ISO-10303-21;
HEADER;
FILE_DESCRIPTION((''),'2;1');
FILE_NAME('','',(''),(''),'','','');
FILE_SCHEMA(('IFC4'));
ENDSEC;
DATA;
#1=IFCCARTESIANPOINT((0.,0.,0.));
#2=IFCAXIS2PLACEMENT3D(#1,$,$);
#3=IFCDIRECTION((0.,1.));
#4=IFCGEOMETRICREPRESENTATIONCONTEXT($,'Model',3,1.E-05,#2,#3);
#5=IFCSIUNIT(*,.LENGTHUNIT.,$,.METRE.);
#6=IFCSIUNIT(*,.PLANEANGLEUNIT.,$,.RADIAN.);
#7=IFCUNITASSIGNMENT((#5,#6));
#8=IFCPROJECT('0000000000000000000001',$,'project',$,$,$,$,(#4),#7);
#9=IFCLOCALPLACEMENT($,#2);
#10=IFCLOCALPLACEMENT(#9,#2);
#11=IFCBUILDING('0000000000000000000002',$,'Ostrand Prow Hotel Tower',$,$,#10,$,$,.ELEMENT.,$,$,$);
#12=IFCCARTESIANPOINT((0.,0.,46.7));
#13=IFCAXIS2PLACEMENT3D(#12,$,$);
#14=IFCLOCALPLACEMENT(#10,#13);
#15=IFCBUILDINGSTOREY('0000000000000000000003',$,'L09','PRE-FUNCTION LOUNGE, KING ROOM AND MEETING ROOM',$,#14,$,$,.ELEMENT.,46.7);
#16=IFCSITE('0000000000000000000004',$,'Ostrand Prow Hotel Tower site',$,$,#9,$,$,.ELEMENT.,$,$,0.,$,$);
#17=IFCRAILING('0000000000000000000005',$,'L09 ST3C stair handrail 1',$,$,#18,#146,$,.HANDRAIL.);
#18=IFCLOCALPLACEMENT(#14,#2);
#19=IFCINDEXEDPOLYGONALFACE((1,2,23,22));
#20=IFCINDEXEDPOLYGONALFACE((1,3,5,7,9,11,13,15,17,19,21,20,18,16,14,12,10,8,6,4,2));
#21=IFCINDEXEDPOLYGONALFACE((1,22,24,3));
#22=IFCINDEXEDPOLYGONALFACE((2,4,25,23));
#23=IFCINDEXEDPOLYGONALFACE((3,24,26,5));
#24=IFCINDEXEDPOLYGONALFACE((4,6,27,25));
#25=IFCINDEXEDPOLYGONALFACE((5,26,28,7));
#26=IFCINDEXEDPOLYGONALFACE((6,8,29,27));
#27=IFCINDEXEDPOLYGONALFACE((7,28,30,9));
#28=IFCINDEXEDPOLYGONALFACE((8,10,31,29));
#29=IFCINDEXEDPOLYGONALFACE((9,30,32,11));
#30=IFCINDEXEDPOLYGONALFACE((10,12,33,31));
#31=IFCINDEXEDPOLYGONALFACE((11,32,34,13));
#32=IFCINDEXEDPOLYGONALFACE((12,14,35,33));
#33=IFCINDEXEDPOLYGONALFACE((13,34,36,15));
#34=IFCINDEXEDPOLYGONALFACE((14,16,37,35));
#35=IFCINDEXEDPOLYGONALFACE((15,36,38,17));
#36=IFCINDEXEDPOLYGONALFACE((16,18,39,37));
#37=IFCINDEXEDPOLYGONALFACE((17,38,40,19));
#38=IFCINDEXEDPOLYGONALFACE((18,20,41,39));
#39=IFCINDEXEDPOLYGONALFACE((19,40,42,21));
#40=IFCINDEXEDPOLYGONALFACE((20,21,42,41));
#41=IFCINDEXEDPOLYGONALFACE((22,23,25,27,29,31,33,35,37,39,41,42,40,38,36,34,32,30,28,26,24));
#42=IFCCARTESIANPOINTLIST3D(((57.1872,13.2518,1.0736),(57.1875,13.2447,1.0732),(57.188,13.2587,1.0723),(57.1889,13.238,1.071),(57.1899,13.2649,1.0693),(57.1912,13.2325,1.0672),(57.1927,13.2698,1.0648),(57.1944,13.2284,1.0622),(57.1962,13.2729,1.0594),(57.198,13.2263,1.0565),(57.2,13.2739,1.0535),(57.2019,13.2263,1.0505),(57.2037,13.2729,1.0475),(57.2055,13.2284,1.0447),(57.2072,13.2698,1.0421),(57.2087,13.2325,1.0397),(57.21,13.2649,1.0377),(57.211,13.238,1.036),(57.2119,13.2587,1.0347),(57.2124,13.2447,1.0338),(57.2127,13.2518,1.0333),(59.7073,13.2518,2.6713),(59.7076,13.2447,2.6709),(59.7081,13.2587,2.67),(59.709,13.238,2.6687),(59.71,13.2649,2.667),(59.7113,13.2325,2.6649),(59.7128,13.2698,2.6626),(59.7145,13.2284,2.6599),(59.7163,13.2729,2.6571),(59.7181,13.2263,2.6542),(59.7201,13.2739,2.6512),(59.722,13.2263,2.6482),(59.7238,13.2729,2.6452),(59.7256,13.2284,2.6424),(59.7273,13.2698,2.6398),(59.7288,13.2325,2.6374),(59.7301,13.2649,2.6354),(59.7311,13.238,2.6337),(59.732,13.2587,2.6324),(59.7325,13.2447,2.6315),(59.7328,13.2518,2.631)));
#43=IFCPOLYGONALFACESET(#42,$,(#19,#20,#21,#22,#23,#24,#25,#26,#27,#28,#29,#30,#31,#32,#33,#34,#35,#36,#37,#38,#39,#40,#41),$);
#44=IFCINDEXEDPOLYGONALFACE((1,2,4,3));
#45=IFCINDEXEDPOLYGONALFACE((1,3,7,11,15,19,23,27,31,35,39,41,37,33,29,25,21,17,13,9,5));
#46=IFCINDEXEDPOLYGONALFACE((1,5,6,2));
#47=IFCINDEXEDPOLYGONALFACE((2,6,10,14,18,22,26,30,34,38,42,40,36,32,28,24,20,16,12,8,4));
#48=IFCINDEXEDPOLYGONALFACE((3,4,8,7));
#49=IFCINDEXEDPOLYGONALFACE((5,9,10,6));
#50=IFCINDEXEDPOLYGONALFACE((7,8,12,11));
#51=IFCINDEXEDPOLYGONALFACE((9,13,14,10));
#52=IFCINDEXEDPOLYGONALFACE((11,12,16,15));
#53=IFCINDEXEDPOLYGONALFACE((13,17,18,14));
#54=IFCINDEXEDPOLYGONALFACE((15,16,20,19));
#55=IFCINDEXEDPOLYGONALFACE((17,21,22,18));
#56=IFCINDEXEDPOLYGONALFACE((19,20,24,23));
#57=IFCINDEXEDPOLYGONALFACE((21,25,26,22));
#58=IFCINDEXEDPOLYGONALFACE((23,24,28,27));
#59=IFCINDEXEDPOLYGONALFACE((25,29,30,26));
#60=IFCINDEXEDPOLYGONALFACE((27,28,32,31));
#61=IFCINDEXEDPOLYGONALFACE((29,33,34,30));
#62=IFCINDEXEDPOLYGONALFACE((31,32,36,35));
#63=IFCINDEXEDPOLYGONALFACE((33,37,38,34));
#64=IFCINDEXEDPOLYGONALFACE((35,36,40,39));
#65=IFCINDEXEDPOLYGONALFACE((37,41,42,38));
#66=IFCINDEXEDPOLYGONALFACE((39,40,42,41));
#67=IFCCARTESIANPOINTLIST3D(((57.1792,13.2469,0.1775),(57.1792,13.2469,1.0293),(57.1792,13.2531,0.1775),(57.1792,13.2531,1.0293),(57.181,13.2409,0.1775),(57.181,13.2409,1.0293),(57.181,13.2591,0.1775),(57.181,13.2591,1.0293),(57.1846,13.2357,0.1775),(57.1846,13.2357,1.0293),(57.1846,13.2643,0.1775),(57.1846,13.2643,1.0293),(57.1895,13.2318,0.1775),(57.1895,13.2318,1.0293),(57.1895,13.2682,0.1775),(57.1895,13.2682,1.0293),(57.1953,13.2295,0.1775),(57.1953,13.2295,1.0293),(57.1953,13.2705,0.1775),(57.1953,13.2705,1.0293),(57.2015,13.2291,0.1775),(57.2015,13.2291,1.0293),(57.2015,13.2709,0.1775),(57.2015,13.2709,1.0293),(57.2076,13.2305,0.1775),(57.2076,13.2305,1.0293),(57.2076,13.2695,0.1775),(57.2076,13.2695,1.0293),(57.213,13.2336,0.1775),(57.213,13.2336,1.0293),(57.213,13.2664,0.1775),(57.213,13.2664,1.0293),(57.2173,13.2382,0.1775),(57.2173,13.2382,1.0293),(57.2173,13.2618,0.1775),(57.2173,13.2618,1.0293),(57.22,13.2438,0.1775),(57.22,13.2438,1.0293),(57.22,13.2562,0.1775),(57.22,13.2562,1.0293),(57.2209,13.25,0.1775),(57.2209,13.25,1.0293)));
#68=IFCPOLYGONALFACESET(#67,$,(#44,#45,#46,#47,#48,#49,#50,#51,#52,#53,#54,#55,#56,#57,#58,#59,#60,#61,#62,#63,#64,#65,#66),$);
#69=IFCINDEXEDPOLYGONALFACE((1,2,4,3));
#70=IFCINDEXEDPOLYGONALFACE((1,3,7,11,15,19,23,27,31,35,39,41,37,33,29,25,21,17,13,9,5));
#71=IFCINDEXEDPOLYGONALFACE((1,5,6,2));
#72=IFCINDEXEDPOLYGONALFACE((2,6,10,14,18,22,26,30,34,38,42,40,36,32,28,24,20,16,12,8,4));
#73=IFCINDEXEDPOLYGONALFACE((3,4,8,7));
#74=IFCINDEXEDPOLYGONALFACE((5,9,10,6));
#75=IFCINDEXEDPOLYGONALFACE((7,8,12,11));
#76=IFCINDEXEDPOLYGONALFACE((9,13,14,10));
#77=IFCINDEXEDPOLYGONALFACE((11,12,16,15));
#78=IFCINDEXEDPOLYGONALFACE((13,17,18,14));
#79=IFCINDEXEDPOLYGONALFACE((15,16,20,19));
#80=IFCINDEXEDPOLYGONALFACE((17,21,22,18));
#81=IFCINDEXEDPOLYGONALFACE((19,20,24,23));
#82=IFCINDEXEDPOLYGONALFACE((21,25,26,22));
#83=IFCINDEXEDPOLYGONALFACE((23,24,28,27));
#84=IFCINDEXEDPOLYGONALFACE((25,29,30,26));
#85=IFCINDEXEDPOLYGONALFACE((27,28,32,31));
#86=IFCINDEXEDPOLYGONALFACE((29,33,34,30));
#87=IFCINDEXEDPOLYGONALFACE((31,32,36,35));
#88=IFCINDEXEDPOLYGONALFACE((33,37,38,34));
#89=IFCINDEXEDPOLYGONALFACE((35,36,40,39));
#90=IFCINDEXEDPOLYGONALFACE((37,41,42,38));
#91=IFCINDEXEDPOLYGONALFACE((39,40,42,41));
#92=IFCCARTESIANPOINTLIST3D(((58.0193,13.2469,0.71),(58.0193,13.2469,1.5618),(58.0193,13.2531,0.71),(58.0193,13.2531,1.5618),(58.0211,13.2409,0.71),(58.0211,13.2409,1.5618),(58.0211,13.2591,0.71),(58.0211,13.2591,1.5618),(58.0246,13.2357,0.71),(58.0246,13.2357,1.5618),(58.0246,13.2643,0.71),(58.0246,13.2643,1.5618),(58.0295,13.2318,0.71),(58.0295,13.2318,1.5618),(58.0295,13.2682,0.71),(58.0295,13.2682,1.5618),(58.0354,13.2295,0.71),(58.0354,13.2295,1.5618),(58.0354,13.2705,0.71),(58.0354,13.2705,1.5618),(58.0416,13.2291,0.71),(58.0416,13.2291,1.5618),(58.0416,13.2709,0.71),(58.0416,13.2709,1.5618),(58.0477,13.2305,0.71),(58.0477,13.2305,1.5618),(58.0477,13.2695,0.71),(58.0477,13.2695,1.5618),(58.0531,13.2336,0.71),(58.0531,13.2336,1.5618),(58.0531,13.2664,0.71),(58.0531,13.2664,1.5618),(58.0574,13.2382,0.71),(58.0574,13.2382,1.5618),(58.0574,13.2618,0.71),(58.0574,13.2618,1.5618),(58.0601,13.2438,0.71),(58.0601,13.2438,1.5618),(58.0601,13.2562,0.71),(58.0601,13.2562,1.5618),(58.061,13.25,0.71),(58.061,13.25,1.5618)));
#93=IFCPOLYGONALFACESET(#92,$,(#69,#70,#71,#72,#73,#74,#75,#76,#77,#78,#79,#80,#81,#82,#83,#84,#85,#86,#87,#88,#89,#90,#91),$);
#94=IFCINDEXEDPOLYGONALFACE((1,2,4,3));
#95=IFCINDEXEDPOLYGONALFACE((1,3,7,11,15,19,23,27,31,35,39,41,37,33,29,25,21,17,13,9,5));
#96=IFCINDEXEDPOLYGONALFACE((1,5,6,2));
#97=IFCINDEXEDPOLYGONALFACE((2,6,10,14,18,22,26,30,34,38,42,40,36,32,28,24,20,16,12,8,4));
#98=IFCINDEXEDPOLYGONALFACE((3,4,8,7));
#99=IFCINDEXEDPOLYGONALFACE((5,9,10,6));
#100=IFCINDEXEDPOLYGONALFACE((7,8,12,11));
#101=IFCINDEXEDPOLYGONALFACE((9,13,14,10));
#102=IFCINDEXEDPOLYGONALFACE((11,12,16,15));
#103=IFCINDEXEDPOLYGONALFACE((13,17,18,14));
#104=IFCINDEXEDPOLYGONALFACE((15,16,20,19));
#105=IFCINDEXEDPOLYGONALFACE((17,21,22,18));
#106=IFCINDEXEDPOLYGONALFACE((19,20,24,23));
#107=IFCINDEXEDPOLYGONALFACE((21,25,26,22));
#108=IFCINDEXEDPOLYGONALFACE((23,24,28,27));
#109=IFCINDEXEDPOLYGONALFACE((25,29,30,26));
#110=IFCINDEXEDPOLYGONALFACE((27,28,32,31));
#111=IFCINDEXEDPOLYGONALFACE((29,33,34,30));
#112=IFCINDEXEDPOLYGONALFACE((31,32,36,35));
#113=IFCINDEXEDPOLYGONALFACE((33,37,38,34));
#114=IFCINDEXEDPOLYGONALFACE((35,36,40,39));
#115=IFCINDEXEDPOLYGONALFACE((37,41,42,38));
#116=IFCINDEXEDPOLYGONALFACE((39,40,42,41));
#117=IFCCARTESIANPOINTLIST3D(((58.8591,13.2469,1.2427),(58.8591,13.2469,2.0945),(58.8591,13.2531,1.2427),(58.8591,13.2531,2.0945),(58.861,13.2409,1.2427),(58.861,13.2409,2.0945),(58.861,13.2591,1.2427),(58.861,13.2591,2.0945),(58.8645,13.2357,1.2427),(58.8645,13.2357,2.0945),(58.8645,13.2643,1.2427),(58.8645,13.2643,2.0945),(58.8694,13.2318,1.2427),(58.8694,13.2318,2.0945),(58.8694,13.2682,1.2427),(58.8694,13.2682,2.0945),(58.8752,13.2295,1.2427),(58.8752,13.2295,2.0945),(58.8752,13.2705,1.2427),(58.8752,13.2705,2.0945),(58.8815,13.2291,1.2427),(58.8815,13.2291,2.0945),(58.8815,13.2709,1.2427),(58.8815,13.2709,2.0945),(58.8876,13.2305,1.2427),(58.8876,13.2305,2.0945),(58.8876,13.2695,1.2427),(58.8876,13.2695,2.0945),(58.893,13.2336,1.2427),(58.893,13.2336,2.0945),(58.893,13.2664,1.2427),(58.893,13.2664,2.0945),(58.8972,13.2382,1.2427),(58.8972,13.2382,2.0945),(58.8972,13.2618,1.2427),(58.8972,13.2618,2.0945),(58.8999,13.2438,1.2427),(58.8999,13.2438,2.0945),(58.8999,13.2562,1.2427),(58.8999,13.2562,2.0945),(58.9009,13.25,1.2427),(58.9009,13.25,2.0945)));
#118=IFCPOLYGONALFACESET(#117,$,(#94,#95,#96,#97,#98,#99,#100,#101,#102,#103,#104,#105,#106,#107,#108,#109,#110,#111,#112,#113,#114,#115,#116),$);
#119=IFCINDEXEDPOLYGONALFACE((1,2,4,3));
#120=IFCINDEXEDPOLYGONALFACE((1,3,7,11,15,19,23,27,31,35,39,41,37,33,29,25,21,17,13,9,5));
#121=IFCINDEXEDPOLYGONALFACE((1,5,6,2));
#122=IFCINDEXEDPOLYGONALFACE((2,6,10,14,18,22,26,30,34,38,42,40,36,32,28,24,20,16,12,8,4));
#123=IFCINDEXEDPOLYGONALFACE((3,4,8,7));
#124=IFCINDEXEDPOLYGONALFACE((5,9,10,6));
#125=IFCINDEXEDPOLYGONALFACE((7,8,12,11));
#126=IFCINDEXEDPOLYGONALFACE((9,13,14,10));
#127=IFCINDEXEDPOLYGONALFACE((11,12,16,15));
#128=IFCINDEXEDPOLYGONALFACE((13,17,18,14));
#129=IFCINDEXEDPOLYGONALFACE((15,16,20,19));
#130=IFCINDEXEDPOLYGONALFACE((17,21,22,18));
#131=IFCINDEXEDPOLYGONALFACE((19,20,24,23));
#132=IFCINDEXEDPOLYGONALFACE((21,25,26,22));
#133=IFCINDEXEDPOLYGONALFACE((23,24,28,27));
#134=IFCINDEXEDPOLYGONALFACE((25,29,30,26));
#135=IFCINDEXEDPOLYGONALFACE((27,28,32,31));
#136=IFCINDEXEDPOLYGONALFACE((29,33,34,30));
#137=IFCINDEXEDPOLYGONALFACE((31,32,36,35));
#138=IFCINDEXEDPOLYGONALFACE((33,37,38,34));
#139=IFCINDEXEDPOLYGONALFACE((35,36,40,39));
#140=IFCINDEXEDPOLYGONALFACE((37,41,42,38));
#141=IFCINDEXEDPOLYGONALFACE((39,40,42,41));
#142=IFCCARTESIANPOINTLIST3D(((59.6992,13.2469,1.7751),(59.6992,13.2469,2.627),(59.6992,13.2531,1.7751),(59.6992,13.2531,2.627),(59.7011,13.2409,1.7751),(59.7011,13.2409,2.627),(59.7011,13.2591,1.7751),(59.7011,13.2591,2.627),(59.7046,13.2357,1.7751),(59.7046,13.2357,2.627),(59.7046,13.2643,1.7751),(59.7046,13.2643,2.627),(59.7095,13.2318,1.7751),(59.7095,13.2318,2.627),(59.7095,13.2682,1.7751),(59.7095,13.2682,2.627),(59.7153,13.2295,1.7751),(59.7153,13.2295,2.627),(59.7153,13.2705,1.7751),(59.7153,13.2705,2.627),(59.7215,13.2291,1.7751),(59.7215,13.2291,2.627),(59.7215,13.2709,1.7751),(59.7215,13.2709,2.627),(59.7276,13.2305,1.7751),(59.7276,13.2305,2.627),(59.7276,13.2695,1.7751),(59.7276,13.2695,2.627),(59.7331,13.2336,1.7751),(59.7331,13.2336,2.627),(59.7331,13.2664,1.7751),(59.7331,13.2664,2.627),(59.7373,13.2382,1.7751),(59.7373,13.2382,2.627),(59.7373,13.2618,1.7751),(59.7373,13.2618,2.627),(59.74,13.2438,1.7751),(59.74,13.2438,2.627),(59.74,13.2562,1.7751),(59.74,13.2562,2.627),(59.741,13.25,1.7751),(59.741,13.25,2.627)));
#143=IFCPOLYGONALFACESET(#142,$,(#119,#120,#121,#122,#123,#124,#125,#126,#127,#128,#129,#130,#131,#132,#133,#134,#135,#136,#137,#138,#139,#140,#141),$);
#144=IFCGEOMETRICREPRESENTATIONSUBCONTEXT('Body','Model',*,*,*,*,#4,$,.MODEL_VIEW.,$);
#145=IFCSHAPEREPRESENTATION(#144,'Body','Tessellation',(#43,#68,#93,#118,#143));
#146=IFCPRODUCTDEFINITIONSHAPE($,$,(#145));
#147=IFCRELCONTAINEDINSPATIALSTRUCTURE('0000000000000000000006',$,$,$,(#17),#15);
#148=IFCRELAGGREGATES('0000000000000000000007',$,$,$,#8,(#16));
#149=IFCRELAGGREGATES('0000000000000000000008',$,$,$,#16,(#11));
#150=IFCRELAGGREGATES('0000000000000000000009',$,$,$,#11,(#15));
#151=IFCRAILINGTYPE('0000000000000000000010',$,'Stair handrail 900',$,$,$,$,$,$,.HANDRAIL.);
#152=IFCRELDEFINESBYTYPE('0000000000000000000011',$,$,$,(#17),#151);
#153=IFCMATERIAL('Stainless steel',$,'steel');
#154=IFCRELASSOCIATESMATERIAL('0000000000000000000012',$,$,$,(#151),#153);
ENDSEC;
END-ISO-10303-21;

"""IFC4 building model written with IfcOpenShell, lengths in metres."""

from ifc_helpers import new_model, si_unit, direction, frame, origin, origin_2d, place, context, subcontext, project, spatial, circle, extrude, material, type_object, element, save


model = new_model("IFC4")

# Units and contexts
model_context = context("Model", 3, precision=1e-05, world=origin(), true_north=direction((0.0, 1.0)))
body_context = subcontext(model_context, "Body", "Model", "MODEL_VIEW")
ifc_project = project(units=[si_unit("LENGTHUNIT", "METRE"), si_unit("PLANEANGLEUNIT", "RADIAN")], contexts=[model_context])

# Site, building, storey
site_placement = place(None, origin())
site = spatial("IfcSite", under=ifc_project, at=site_placement, Name="Ostrand Prow Hotel Tower site", CompositionType="ELEMENT", RefElevation=0.0)
building_placement = place(site_placement, origin())
building = spatial("IfcBuilding", under=site, at=building_placement, Name="Ostrand Prow Hotel Tower", CompositionType="ELEMENT")
storey_placement = place(building_placement, frame((0.0, 0.0, 46.7)))
storey = spatial("IfcBuildingStorey", under=building, at=storey_placement, Name="L09", Description="PRE-FUNCTION LOUNGE, KING ROOM AND MEETING ROOM", CompositionType="ELEMENT", Elevation=46.7)

# Railing
ifc_material_1 = material(Name="Stainless steel", Category="steel")
railing_type_1 = type_object("IfcRailingType", Name="Stair handrail 900", PredefinedType="HANDRAIL", material=ifc_material_1)
railing_1_placement = place(storey_placement, frame((57.2, 13.25, 0.1775)))
element("IfcRailing", 1, at=railing_1_placement, inside=storey, type_object=railing_type_1, Name="L09 ST3C stair handrail 1", PredefinedType="HANDRAIL", context=body_context, shape_type="SweptSolid", body=[
    extrude(circle(Radius=0.0239, at=origin_2d()), frame((0.0, 0.0, 0.876), z_axis=(0.84457, 0.0, 0.535445), x_axis=(0.0, 1.0, 0.0)), (0.0, 0.0, 1.0), 2.9839),
    extrude(circle(Radius=0.021, at=origin_2d()), origin(), (0.0, 0.0, 1.0), 0.8518),
    extrude(circle(Radius=0.021, at=origin_2d()), frame((0.8401, 0.0, 0.5325)), (0.0, 0.0, 1.0), 0.8518),
    extrude(circle(Radius=0.021, at=origin_2d()), frame((1.6799, 0.0, 1.0652)), (0.0, 0.0, 1.0), 0.8518),
    extrude(circle(Radius=0.021, at=origin_2d()), frame((2.52, 0.0, 1.5977)), (0.0, 0.0, 1.0), 0.8518),
])

save(model, "model.ifc")
